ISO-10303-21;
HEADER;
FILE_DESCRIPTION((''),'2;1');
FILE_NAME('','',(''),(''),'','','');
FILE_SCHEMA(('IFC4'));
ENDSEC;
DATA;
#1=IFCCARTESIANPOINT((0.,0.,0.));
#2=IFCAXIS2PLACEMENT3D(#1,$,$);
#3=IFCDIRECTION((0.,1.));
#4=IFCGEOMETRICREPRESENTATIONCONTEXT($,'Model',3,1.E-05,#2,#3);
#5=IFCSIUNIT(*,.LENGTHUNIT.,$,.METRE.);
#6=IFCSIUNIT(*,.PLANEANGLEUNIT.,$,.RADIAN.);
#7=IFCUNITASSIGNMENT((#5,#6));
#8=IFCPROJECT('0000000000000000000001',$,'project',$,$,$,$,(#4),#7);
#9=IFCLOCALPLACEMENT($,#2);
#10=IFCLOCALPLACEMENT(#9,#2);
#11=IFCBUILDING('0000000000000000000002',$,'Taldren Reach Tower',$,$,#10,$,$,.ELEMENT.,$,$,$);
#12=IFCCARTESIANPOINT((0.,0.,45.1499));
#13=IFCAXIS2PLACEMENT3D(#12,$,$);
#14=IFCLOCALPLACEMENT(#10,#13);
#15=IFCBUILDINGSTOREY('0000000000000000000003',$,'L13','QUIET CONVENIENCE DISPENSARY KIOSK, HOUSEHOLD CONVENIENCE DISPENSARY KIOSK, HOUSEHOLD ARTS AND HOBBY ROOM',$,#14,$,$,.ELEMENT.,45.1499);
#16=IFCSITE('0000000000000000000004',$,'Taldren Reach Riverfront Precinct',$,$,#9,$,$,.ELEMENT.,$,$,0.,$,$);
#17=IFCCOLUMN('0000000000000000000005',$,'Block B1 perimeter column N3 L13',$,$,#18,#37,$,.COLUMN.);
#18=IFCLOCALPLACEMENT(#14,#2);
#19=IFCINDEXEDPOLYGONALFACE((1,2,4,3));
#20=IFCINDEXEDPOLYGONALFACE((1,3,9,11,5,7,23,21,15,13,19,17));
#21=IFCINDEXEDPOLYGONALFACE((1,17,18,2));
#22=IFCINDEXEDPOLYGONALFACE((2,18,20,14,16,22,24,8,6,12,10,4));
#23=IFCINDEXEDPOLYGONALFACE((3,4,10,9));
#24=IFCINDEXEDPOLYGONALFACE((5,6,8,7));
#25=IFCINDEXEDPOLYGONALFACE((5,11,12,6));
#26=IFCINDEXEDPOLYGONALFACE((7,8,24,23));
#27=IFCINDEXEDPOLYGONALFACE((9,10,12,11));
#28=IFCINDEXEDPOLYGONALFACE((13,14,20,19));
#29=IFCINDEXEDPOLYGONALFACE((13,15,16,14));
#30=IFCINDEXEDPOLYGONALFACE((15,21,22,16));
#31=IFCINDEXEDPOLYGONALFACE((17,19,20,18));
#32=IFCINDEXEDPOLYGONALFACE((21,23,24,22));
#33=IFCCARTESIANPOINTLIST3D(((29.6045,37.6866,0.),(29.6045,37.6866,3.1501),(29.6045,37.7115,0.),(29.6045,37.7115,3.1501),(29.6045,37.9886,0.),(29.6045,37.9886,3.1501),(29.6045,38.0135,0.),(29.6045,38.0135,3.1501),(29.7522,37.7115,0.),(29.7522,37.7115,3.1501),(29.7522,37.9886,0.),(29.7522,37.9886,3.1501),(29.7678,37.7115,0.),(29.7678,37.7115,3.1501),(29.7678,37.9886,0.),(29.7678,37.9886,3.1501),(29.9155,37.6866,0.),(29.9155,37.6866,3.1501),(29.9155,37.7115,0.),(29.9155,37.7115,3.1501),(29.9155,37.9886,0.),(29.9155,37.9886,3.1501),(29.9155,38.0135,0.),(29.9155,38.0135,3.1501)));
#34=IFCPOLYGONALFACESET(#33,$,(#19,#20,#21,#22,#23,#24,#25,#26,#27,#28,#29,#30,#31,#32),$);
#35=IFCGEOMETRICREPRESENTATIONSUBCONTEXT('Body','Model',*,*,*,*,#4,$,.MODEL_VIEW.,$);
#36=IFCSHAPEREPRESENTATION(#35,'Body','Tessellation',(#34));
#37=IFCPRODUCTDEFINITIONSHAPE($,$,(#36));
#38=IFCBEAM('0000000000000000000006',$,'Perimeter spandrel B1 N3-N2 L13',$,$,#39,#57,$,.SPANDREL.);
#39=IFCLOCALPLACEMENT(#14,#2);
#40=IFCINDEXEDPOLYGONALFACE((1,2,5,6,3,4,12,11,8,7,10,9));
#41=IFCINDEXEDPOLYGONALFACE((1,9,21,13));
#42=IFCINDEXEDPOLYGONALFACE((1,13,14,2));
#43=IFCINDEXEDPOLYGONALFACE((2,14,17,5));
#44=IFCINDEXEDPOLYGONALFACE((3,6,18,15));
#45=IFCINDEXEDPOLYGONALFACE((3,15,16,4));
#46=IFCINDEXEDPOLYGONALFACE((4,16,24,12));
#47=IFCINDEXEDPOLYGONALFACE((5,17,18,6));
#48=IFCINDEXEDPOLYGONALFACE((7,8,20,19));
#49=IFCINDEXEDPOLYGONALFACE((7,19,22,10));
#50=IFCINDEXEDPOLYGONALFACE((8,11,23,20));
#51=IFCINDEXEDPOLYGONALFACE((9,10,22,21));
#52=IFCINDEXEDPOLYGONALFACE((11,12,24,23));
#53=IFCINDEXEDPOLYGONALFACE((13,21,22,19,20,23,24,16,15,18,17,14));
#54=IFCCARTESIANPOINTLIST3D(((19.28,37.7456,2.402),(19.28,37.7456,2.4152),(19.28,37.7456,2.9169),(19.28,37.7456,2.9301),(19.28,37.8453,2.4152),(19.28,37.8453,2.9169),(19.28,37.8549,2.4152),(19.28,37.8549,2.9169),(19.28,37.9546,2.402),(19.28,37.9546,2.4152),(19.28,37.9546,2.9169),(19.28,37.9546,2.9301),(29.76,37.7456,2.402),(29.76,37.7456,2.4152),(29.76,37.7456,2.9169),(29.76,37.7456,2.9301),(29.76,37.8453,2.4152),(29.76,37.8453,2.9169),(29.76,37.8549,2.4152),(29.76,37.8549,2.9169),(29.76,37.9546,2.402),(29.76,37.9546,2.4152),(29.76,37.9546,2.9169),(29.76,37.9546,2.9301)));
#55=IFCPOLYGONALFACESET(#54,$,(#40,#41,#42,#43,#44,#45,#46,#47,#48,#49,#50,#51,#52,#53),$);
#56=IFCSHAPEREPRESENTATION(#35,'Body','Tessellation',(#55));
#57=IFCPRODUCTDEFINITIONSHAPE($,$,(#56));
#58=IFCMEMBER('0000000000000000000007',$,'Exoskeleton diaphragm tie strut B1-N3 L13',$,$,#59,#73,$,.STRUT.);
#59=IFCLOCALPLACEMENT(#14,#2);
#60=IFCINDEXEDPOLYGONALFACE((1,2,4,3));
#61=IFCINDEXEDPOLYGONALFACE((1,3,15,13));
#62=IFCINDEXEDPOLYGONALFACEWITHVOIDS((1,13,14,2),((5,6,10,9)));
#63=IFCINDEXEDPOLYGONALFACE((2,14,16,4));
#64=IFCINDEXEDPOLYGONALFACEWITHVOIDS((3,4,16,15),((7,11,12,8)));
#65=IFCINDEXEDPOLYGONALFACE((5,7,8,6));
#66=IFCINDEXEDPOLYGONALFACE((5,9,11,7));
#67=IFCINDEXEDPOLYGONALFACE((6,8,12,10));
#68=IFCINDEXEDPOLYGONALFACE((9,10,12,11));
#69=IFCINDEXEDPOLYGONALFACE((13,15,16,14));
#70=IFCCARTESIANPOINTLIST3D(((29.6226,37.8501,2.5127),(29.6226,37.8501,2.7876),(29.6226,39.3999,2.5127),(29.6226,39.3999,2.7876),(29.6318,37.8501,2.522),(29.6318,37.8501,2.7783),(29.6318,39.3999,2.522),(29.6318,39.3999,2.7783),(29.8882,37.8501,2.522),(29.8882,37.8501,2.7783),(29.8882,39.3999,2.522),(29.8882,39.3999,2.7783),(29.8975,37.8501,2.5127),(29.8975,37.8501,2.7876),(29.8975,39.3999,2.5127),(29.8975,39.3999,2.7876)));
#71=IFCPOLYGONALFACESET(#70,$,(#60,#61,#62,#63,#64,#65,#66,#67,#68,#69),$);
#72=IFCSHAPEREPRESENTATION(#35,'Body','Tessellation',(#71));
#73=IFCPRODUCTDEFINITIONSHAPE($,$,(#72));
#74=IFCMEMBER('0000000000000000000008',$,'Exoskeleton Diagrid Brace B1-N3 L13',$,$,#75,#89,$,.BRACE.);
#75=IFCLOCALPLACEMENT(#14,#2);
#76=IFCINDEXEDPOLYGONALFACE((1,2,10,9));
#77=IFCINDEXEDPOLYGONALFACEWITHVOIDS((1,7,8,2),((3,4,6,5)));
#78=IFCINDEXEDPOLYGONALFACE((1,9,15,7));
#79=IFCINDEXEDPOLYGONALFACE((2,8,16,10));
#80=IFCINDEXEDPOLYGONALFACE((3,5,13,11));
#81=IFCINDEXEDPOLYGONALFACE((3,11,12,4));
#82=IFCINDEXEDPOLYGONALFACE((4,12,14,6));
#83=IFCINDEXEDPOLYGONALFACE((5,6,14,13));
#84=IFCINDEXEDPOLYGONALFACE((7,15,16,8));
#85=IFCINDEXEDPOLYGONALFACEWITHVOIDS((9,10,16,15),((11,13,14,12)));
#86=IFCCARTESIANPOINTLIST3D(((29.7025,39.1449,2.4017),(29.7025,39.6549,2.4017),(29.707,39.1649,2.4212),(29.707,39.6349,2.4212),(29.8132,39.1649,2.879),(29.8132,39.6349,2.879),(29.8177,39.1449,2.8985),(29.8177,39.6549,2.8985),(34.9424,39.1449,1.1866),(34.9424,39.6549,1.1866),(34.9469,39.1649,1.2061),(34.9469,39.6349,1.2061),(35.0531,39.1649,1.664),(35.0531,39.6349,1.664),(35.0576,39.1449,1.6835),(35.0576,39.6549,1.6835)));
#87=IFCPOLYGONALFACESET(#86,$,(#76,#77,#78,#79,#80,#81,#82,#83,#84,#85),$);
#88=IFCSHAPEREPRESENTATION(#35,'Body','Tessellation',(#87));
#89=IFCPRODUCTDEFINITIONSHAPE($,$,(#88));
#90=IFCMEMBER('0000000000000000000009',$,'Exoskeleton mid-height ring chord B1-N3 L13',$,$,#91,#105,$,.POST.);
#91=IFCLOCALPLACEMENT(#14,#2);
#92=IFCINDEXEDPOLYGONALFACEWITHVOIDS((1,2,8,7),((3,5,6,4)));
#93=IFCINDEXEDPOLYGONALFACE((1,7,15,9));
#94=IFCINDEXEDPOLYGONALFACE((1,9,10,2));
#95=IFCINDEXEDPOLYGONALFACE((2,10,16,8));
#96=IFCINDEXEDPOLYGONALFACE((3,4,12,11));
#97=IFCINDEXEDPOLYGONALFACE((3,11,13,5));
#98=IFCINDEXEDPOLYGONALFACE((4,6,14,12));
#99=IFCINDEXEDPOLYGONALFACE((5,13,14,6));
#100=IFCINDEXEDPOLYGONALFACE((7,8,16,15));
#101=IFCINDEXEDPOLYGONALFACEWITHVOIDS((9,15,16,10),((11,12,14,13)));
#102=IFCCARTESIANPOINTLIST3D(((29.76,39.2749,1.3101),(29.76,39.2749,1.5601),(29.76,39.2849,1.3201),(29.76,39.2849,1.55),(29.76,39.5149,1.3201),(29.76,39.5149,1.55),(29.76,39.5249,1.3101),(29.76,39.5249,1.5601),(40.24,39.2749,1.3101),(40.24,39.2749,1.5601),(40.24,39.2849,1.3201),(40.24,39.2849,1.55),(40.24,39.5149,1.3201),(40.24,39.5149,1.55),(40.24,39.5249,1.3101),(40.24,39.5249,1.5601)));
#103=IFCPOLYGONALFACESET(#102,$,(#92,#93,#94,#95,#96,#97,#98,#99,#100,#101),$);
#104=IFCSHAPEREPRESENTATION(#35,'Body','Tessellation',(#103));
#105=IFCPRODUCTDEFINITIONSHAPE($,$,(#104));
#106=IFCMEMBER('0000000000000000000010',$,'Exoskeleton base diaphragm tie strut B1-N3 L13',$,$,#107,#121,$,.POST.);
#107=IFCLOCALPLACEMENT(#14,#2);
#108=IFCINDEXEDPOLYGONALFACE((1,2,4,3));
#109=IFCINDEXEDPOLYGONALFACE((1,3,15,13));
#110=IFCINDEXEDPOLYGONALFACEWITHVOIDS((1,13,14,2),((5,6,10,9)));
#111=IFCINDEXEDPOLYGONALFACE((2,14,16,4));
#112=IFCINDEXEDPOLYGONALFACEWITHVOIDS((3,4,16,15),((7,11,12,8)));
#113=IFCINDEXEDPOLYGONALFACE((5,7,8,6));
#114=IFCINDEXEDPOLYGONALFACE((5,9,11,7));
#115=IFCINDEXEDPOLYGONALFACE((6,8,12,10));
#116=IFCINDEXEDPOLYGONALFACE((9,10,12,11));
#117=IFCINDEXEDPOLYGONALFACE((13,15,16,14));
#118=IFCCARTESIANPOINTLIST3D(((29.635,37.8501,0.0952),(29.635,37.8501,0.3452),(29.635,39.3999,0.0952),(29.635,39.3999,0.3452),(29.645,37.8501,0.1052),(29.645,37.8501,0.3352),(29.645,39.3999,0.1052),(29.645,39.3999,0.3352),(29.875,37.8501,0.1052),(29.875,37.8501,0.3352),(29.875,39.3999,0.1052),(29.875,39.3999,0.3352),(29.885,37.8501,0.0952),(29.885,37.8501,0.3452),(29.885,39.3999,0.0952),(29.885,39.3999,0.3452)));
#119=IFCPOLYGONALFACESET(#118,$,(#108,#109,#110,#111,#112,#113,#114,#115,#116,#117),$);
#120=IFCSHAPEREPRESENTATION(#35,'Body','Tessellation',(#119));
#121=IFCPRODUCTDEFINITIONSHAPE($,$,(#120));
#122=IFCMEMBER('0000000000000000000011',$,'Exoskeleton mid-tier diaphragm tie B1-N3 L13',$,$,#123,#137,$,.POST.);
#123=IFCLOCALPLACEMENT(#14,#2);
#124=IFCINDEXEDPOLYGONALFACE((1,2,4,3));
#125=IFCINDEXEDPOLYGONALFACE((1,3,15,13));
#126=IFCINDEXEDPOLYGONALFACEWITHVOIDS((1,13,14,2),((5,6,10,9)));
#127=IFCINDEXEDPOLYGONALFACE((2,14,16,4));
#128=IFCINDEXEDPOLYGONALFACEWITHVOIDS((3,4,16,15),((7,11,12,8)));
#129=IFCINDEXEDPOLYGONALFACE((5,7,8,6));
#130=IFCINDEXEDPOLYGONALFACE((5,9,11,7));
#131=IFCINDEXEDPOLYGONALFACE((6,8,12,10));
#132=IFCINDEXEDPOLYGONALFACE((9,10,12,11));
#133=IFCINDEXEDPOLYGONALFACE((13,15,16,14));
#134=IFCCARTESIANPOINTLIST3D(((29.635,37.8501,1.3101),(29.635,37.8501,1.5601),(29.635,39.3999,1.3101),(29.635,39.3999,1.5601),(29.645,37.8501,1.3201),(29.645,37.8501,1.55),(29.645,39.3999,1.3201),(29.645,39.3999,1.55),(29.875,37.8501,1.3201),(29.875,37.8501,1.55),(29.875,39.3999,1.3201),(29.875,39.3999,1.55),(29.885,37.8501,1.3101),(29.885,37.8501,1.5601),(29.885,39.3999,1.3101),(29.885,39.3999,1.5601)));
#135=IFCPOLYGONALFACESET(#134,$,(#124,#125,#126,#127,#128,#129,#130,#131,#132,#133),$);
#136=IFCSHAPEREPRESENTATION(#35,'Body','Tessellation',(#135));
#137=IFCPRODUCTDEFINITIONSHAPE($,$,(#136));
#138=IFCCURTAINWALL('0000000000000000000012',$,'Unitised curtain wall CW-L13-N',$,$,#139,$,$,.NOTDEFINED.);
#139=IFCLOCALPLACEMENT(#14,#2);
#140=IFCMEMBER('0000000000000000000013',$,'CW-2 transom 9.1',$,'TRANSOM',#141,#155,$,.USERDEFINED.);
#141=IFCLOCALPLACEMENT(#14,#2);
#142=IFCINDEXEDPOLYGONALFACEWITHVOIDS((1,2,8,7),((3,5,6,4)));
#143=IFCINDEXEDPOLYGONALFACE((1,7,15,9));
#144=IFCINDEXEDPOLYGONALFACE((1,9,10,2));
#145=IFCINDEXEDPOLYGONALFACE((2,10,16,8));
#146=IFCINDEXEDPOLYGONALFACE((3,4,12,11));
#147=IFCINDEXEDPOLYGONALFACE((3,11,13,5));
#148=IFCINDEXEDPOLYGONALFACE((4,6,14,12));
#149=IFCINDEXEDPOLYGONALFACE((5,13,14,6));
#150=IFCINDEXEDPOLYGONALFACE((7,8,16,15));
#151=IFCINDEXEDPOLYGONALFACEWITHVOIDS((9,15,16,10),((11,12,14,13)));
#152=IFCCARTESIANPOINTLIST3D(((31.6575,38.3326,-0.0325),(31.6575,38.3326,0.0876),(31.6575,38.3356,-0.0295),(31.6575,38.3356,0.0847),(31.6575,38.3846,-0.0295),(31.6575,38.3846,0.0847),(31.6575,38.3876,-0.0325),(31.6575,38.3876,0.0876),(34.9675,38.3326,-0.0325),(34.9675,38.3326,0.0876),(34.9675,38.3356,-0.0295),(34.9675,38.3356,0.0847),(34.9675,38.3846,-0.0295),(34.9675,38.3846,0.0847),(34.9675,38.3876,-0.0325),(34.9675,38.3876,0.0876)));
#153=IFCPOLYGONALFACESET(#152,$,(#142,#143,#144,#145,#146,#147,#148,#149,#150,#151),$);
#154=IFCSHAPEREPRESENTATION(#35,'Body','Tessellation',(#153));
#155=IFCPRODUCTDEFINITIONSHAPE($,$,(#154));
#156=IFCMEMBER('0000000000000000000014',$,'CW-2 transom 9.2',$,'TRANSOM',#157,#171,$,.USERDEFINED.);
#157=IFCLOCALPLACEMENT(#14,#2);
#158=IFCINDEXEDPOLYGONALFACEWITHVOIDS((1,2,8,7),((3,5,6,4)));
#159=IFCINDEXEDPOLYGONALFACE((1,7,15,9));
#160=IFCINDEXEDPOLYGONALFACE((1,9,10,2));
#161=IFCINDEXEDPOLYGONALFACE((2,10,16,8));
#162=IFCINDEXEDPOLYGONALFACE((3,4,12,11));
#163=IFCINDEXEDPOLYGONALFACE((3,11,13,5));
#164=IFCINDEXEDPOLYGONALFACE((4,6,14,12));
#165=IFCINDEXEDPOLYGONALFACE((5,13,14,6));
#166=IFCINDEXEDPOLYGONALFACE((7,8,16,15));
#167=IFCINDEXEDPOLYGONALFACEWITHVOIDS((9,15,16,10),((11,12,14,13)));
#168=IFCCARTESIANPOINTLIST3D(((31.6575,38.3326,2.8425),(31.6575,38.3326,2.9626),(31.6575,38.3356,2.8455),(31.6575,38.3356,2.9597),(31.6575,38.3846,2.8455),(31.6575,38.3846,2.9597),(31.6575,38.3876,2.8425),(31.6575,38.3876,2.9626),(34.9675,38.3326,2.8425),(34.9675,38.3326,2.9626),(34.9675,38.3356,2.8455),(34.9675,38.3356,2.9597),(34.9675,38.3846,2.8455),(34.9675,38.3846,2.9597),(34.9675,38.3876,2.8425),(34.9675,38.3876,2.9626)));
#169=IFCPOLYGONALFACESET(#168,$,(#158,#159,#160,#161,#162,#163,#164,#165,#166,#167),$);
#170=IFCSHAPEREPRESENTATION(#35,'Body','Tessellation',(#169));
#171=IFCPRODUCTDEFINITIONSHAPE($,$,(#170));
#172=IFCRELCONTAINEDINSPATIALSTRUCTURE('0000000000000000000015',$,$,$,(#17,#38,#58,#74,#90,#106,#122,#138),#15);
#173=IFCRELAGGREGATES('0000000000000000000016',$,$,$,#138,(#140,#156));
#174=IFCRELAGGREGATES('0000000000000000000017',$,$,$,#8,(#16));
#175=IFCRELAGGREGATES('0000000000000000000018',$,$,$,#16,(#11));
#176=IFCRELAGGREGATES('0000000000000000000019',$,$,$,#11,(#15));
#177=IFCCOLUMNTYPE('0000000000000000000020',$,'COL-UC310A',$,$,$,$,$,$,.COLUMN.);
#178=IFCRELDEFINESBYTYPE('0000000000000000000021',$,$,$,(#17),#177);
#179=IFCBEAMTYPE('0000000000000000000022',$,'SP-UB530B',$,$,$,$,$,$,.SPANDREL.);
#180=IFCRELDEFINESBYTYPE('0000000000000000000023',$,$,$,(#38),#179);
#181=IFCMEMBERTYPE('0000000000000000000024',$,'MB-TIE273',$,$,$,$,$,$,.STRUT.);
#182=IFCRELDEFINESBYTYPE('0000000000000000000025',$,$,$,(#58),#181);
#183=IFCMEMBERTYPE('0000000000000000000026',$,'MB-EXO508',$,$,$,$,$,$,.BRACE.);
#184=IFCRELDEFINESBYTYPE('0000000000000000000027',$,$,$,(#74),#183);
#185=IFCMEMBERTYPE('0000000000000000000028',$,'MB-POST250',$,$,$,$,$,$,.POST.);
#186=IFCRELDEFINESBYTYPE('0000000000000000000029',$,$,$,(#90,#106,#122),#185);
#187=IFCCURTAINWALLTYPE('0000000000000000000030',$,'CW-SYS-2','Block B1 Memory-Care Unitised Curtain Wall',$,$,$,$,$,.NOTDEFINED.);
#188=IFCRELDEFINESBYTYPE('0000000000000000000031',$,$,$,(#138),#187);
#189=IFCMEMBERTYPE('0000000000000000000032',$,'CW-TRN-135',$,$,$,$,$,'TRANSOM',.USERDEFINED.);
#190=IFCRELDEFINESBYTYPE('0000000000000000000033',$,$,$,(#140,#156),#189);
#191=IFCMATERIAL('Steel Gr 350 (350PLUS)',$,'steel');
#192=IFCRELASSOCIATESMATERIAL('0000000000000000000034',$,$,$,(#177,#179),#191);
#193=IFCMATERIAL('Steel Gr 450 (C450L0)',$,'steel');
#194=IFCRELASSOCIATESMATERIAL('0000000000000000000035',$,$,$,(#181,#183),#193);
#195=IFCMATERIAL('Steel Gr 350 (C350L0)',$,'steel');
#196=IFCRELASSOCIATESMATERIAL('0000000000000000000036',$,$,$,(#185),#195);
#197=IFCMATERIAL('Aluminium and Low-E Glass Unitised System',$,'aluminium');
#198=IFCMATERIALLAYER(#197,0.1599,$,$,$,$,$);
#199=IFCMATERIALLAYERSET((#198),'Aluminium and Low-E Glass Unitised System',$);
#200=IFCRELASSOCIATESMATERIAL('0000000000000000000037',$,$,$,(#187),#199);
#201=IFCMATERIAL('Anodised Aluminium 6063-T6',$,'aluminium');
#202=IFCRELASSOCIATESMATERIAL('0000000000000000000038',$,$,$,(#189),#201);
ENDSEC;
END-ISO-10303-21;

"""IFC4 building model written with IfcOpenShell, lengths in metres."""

from ifc_helpers import new_model, si_unit, direction, frame, origin, origin_2d, place, context, subcontext, project, spatial, hollow_rectangle, i_section, extrude, source, transform, mapped, material, layer, layer_set, material_profile, profile_set, type_object, element, aggregate, save


model = new_model("IFC4")

# Units and contexts
model_context = context("Model", 3, precision=1e-05, world=origin(), true_north=direction((0.0, 1.0)))
body_context = subcontext(model_context, "Body", "Model", "MODEL_VIEW")
ifc_project = project(units=[si_unit("LENGTHUNIT", "METRE"), si_unit("PLANEANGLEUNIT", "RADIAN")], contexts=[model_context])

# Site, building, storey
site_placement = place(None, origin())
site = spatial("IfcSite", under=ifc_project, at=site_placement, Name="Taldren Reach Riverfront Precinct", CompositionType="ELEMENT", RefElevation=0.0)
building_placement = place(site_placement, origin())
building = spatial("IfcBuilding", under=site, at=building_placement, Name="Taldren Reach Tower", CompositionType="ELEMENT")
storey_placement = place(building_placement, frame((0.0, 0.0, 45.1499)))
storey = spatial("IfcBuildingStorey", under=building, at=storey_placement, Name="L13", Description="QUIET CONVENIENCE DISPENSARY KIOSK, HOUSEHOLD CONVENIENCE DISPENSARY KIOSK, HOUSEHOLD ARTS AND HOBBY ROOM", CompositionType="ELEMENT", Elevation=45.1499)

# Column
ifc_material_1 = material(Name="Steel Gr 350 (350PLUS)", Category="steel")
ifc_material_profile_1 = material_profile(ifc_material_1, i_section(OverallWidth=0.311, OverallDepth=0.3269, WebThickness=0.0156, FlangeThickness=0.0249, at=origin_2d()), Name="310UC158")
ifc_profile_set_1 = profile_set([ifc_material_profile_1], Name="Steel Gr 350 (350PLUS)")
column_type = type_object("IfcColumnType", Name="COL-UC310A", PredefinedType="COLUMN", material=ifc_profile_set_1)
shared_shape_1 = source(origin(), body_context, "Body", "SweptSolid", [
    extrude(i_section(OverallWidth=0.311, OverallDepth=0.3269, WebThickness=0.0156, FlangeThickness=0.0249, at=origin_2d()), origin(), (0.0, 0.0, 1.0), 3.1501),
])
column_placement = place(storey_placement, frame((29.76, 37.8501, 0.0), z_axis=(0.0, 0.0, 1.0), x_axis=(1.0, 0.0, 0.0)))
element("IfcColumn", 1, at=column_placement, inside=storey, type_object=column_type, Name="Block B1 perimeter column N3 L13", PredefinedType="COLUMN", context=body_context, shape_type="MappedRepresentation", body=[
    mapped(shared_shape_1, transform((0.0, 0.0, 0.0), scale=1.0)),
])

# Beam
ifc_material_profile_2 = material_profile(ifc_material_1, i_section(OverallWidth=0.209, OverallDepth=0.5281, WebThickness=0.0095, FlangeThickness=0.0132, at=origin_2d()), Name="530UB82.0")
ifc_profile_set_2 = profile_set([ifc_material_profile_2], Name="Steel Gr 350 (350PLUS)")
beam_type = type_object("IfcBeamType", Name="SP-UB530B", PredefinedType="SPANDREL", material=ifc_profile_set_2)
shared_shape_2 = source(origin(), body_context, "Body", "SweptSolid", [
    extrude(i_section(OverallWidth=0.209, OverallDepth=0.5281, WebThickness=0.0095, FlangeThickness=0.0132, at=origin_2d()), origin(), (0.0, 0.0, 1.0), 10.48),
])
beam_placement = place(storey_placement, frame((29.76, 37.8501, 2.666), z_axis=(-1.0, 0.0, 0.0), x_axis=(0.0, -1.0, 0.0)))
element("IfcBeam", 2, at=beam_placement, inside=storey, type_object=beam_type, Name="Perimeter spandrel B1 N3-N2 L13", PredefinedType="SPANDREL", context=body_context, shape_type="MappedRepresentation", body=[
    mapped(shared_shape_2, transform((0.0, 0.0, 0.0), scale=1.0)),
])

# Members
ifc_material_2 = material(Name="Steel Gr 450 (C450L0)", Category="steel")
ifc_material_profile_3 = material_profile(ifc_material_2, hollow_rectangle(XDim=0.2749, YDim=0.2749, WallThickness=0.0093, at=origin_2d()), Name="275x275x9.3SHS")
ifc_profile_set_3 = profile_set([ifc_material_profile_3], Name="Steel Gr 450 (C450L0)")
member_type_1 = type_object("IfcMemberType", Name="MB-TIE273", PredefinedType="STRUT", material=ifc_profile_set_3)
shared_shape_3 = source(origin(), body_context, "Body", "SweptSolid", [
    extrude(hollow_rectangle(XDim=0.2749, YDim=0.2749, WallThickness=0.0093, at=origin_2d()), origin(), (0.0, 0.0, 1.0), 1.5498),
])
member_1_placement = place(storey_placement, frame((29.76, 37.8501, 2.6501), z_axis=(0.0, 1.0, 0.0), x_axis=(-1.0, 0.0, 0.0)))
element("IfcMember", 3, at=member_1_placement, inside=storey, type_object=member_type_1, Name="Exoskeleton diaphragm tie strut B1-N3 L13", PredefinedType="STRUT", context=body_context, shape_type="MappedRepresentation", body=[
    mapped(shared_shape_3, transform((0.0, 0.0, 0.0), scale=1.0)),
])
ifc_material_profile_4 = material_profile(ifc_material_2, hollow_rectangle(XDim=0.51, YDim=0.51, WallThickness=0.02, at=origin_2d()), Name="510x510x20.0SHS")
ifc_profile_set_4 = profile_set([ifc_material_profile_4], Name="Steel Gr 450 (C450L0)")
member_type_2 = type_object("IfcMemberType", Name="MB-EXO508", PredefinedType="BRACE", material=ifc_profile_set_4)
shared_shape_4 = source(origin(), body_context, "Body", "SweptSolid", [
    extrude(hollow_rectangle(XDim=0.51, YDim=0.51, WallThickness=0.02, at=origin_2d()), origin(), (0.0, 0.0, 1.0), 5.3789),
])
member_2_placement = place(storey_placement, frame((35.0, 39.3999, 1.4351), z_axis=(-0.974152, 0.0, 0.225894), x_axis=(0.0, -1.0, 0.0)))
element("IfcMember", 4, at=member_2_placement, inside=storey, type_object=member_type_2, Name="Exoskeleton Diagrid Brace B1-N3 L13", PredefinedType="BRACE", context=body_context, shape_type="MappedRepresentation", body=[
    mapped(shared_shape_4, transform((0.0, 0.0, 0.0), scale=1.0)),
])
ifc_material_3 = material(Name="Steel Gr 350 (C350L0)", Category="steel")
ifc_material_profile_5 = material_profile(ifc_material_3, hollow_rectangle(XDim=0.25, YDim=0.25, WallThickness=0.01, at=origin_2d()), Name="250x250x10.0SHS")
ifc_profile_set_5 = profile_set([ifc_material_profile_5], Name="Steel Gr 350 (C350L0)")
member_type_3 = type_object("IfcMemberType", Name="MB-POST250", PredefinedType="POST", material=ifc_profile_set_5)
shared_shape_5 = source(origin(), body_context, "Body", "SweptSolid", [
    extrude(hollow_rectangle(XDim=0.25, YDim=0.25, WallThickness=0.01, at=origin_2d()), origin(), (0.0, 0.0, 1.0), 10.48),
])
member_3_placement = place(storey_placement, frame((29.76, 39.3999, 1.4351), z_axis=(1.0, 0.0, 0.0), x_axis=(0.0, 1.0, 0.0)))
element("IfcMember", 5, at=member_3_placement, inside=storey, type_object=member_type_3, Name="Exoskeleton mid-height ring chord B1-N3 L13", PredefinedType="POST", context=body_context, shape_type="MappedRepresentation", body=[
    mapped(shared_shape_5, transform((0.0, 0.0, 0.0), scale=1.0)),
])
shared_shape_6 = source(origin(), body_context, "Body", "SweptSolid", [
    extrude(hollow_rectangle(XDim=0.25, YDim=0.25, WallThickness=0.01, at=origin_2d()), origin(), (0.0, 0.0, 1.0), 1.5498),
])
for number, where, z_axis, x_axis, name in (
    (6, (29.76, 37.8501, 0.2202), (0.0, 1.0, 0.0), (-1.0, 0.0, 0.0), "Exoskeleton base diaphragm tie strut B1-N3 L13"),
    (7, (29.76, 37.8501, 1.4351), (0.0, 1.0, 0.0), (-1.0, 0.0, 0.0), "Exoskeleton mid-tier diaphragm tie B1-N3 L13"),
):
    element("IfcMember", number, at=place(storey_placement, frame(where, z_axis=z_axis, x_axis=x_axis)), inside=storey, type_object=member_type_3, Name=name, PredefinedType="POST", context=body_context, shape_type="MappedRepresentation", body=[
        mapped(shared_shape_6, transform((0.0, 0.0, 0.0), scale=1.0)),
    ])

# Curtain wall, members
ifc_material_4 = material(Name="Aluminium and Low-E Glass Unitised System", Category="aluminium")
ifc_layer_1 = layer(ifc_material_4, 0.1599)
ifc_layer_set_1 = layer_set([ifc_layer_1], Name="Aluminium and Low-E Glass Unitised System")
curtain_wall_type = type_object("IfcCurtainWallType", Name="CW-SYS-2", Description="Block B1 Memory-Care Unitised Curtain Wall", PredefinedType="NOTDEFINED", material=ifc_layer_set_1)
curtain_wall_placement = place(storey_placement, origin())
curtain_wall = element("IfcCurtainWall", 8, at=curtain_wall_placement, inside=storey, type_object=curtain_wall_type, Name="Unitised curtain wall CW-L13-N", PredefinedType="NOTDEFINED")
ifc_material_5 = material(Name="Anodised Aluminium 6063-T6", Category="aluminium")
ifc_material_profile_6 = material_profile(ifc_material_5, hollow_rectangle(XDim=0.0549, YDim=0.1201, WallThickness=0.0029, at=origin_2d()), Name="ALU-120x55x3RHS")
ifc_profile_set_6 = profile_set([ifc_material_profile_6], Name="Anodised Aluminium 6063-T6")
member_type_4 = type_object("IfcMemberType", Name="CW-TRN-135", ElementType="TRANSOM", PredefinedType="USERDEFINED", material=ifc_profile_set_6)
shared_shape_7 = source(origin(), body_context, "Body", "SweptSolid", [
    extrude(hollow_rectangle(XDim=0.0549, YDim=0.1201, WallThickness=0.0029, at=origin_2d()), origin(), (0.0, 0.0, 1.0), 3.3101),
])
member_4_placement = place(storey_placement, frame((34.9675, 38.3601, 0.0276), z_axis=(-1.0, 0.0, 0.0), x_axis=(0.0, -1.0, 0.0)))
member_4 = element("IfcMember", 9, at=member_4_placement, type_object=member_type_4, Name="CW-2 transom 9.1", ObjectType="TRANSOM", PredefinedType="USERDEFINED", context=body_context, shape_type="MappedRepresentation", body=[
    mapped(shared_shape_7, transform((0.0, 0.0, 0.0), scale=1.0)),
])
member_5_placement = place(storey_placement, frame((34.9675, 38.3601, 2.9026), z_axis=(-1.0, 0.0, 0.0), x_axis=(0.0, -1.0, 0.0)))
member_5 = element("IfcMember", 10, at=member_5_placement, type_object=member_type_4, Name="CW-2 transom 9.2", ObjectType="TRANSOM", PredefinedType="USERDEFINED", context=body_context, shape_type="MappedRepresentation", body=[
    mapped(shared_shape_7, transform((0.0, 0.0, 0.0), scale=1.0)),
])

aggregate(curtain_wall, [member_4, member_5])

save(model, "model.ifc")
